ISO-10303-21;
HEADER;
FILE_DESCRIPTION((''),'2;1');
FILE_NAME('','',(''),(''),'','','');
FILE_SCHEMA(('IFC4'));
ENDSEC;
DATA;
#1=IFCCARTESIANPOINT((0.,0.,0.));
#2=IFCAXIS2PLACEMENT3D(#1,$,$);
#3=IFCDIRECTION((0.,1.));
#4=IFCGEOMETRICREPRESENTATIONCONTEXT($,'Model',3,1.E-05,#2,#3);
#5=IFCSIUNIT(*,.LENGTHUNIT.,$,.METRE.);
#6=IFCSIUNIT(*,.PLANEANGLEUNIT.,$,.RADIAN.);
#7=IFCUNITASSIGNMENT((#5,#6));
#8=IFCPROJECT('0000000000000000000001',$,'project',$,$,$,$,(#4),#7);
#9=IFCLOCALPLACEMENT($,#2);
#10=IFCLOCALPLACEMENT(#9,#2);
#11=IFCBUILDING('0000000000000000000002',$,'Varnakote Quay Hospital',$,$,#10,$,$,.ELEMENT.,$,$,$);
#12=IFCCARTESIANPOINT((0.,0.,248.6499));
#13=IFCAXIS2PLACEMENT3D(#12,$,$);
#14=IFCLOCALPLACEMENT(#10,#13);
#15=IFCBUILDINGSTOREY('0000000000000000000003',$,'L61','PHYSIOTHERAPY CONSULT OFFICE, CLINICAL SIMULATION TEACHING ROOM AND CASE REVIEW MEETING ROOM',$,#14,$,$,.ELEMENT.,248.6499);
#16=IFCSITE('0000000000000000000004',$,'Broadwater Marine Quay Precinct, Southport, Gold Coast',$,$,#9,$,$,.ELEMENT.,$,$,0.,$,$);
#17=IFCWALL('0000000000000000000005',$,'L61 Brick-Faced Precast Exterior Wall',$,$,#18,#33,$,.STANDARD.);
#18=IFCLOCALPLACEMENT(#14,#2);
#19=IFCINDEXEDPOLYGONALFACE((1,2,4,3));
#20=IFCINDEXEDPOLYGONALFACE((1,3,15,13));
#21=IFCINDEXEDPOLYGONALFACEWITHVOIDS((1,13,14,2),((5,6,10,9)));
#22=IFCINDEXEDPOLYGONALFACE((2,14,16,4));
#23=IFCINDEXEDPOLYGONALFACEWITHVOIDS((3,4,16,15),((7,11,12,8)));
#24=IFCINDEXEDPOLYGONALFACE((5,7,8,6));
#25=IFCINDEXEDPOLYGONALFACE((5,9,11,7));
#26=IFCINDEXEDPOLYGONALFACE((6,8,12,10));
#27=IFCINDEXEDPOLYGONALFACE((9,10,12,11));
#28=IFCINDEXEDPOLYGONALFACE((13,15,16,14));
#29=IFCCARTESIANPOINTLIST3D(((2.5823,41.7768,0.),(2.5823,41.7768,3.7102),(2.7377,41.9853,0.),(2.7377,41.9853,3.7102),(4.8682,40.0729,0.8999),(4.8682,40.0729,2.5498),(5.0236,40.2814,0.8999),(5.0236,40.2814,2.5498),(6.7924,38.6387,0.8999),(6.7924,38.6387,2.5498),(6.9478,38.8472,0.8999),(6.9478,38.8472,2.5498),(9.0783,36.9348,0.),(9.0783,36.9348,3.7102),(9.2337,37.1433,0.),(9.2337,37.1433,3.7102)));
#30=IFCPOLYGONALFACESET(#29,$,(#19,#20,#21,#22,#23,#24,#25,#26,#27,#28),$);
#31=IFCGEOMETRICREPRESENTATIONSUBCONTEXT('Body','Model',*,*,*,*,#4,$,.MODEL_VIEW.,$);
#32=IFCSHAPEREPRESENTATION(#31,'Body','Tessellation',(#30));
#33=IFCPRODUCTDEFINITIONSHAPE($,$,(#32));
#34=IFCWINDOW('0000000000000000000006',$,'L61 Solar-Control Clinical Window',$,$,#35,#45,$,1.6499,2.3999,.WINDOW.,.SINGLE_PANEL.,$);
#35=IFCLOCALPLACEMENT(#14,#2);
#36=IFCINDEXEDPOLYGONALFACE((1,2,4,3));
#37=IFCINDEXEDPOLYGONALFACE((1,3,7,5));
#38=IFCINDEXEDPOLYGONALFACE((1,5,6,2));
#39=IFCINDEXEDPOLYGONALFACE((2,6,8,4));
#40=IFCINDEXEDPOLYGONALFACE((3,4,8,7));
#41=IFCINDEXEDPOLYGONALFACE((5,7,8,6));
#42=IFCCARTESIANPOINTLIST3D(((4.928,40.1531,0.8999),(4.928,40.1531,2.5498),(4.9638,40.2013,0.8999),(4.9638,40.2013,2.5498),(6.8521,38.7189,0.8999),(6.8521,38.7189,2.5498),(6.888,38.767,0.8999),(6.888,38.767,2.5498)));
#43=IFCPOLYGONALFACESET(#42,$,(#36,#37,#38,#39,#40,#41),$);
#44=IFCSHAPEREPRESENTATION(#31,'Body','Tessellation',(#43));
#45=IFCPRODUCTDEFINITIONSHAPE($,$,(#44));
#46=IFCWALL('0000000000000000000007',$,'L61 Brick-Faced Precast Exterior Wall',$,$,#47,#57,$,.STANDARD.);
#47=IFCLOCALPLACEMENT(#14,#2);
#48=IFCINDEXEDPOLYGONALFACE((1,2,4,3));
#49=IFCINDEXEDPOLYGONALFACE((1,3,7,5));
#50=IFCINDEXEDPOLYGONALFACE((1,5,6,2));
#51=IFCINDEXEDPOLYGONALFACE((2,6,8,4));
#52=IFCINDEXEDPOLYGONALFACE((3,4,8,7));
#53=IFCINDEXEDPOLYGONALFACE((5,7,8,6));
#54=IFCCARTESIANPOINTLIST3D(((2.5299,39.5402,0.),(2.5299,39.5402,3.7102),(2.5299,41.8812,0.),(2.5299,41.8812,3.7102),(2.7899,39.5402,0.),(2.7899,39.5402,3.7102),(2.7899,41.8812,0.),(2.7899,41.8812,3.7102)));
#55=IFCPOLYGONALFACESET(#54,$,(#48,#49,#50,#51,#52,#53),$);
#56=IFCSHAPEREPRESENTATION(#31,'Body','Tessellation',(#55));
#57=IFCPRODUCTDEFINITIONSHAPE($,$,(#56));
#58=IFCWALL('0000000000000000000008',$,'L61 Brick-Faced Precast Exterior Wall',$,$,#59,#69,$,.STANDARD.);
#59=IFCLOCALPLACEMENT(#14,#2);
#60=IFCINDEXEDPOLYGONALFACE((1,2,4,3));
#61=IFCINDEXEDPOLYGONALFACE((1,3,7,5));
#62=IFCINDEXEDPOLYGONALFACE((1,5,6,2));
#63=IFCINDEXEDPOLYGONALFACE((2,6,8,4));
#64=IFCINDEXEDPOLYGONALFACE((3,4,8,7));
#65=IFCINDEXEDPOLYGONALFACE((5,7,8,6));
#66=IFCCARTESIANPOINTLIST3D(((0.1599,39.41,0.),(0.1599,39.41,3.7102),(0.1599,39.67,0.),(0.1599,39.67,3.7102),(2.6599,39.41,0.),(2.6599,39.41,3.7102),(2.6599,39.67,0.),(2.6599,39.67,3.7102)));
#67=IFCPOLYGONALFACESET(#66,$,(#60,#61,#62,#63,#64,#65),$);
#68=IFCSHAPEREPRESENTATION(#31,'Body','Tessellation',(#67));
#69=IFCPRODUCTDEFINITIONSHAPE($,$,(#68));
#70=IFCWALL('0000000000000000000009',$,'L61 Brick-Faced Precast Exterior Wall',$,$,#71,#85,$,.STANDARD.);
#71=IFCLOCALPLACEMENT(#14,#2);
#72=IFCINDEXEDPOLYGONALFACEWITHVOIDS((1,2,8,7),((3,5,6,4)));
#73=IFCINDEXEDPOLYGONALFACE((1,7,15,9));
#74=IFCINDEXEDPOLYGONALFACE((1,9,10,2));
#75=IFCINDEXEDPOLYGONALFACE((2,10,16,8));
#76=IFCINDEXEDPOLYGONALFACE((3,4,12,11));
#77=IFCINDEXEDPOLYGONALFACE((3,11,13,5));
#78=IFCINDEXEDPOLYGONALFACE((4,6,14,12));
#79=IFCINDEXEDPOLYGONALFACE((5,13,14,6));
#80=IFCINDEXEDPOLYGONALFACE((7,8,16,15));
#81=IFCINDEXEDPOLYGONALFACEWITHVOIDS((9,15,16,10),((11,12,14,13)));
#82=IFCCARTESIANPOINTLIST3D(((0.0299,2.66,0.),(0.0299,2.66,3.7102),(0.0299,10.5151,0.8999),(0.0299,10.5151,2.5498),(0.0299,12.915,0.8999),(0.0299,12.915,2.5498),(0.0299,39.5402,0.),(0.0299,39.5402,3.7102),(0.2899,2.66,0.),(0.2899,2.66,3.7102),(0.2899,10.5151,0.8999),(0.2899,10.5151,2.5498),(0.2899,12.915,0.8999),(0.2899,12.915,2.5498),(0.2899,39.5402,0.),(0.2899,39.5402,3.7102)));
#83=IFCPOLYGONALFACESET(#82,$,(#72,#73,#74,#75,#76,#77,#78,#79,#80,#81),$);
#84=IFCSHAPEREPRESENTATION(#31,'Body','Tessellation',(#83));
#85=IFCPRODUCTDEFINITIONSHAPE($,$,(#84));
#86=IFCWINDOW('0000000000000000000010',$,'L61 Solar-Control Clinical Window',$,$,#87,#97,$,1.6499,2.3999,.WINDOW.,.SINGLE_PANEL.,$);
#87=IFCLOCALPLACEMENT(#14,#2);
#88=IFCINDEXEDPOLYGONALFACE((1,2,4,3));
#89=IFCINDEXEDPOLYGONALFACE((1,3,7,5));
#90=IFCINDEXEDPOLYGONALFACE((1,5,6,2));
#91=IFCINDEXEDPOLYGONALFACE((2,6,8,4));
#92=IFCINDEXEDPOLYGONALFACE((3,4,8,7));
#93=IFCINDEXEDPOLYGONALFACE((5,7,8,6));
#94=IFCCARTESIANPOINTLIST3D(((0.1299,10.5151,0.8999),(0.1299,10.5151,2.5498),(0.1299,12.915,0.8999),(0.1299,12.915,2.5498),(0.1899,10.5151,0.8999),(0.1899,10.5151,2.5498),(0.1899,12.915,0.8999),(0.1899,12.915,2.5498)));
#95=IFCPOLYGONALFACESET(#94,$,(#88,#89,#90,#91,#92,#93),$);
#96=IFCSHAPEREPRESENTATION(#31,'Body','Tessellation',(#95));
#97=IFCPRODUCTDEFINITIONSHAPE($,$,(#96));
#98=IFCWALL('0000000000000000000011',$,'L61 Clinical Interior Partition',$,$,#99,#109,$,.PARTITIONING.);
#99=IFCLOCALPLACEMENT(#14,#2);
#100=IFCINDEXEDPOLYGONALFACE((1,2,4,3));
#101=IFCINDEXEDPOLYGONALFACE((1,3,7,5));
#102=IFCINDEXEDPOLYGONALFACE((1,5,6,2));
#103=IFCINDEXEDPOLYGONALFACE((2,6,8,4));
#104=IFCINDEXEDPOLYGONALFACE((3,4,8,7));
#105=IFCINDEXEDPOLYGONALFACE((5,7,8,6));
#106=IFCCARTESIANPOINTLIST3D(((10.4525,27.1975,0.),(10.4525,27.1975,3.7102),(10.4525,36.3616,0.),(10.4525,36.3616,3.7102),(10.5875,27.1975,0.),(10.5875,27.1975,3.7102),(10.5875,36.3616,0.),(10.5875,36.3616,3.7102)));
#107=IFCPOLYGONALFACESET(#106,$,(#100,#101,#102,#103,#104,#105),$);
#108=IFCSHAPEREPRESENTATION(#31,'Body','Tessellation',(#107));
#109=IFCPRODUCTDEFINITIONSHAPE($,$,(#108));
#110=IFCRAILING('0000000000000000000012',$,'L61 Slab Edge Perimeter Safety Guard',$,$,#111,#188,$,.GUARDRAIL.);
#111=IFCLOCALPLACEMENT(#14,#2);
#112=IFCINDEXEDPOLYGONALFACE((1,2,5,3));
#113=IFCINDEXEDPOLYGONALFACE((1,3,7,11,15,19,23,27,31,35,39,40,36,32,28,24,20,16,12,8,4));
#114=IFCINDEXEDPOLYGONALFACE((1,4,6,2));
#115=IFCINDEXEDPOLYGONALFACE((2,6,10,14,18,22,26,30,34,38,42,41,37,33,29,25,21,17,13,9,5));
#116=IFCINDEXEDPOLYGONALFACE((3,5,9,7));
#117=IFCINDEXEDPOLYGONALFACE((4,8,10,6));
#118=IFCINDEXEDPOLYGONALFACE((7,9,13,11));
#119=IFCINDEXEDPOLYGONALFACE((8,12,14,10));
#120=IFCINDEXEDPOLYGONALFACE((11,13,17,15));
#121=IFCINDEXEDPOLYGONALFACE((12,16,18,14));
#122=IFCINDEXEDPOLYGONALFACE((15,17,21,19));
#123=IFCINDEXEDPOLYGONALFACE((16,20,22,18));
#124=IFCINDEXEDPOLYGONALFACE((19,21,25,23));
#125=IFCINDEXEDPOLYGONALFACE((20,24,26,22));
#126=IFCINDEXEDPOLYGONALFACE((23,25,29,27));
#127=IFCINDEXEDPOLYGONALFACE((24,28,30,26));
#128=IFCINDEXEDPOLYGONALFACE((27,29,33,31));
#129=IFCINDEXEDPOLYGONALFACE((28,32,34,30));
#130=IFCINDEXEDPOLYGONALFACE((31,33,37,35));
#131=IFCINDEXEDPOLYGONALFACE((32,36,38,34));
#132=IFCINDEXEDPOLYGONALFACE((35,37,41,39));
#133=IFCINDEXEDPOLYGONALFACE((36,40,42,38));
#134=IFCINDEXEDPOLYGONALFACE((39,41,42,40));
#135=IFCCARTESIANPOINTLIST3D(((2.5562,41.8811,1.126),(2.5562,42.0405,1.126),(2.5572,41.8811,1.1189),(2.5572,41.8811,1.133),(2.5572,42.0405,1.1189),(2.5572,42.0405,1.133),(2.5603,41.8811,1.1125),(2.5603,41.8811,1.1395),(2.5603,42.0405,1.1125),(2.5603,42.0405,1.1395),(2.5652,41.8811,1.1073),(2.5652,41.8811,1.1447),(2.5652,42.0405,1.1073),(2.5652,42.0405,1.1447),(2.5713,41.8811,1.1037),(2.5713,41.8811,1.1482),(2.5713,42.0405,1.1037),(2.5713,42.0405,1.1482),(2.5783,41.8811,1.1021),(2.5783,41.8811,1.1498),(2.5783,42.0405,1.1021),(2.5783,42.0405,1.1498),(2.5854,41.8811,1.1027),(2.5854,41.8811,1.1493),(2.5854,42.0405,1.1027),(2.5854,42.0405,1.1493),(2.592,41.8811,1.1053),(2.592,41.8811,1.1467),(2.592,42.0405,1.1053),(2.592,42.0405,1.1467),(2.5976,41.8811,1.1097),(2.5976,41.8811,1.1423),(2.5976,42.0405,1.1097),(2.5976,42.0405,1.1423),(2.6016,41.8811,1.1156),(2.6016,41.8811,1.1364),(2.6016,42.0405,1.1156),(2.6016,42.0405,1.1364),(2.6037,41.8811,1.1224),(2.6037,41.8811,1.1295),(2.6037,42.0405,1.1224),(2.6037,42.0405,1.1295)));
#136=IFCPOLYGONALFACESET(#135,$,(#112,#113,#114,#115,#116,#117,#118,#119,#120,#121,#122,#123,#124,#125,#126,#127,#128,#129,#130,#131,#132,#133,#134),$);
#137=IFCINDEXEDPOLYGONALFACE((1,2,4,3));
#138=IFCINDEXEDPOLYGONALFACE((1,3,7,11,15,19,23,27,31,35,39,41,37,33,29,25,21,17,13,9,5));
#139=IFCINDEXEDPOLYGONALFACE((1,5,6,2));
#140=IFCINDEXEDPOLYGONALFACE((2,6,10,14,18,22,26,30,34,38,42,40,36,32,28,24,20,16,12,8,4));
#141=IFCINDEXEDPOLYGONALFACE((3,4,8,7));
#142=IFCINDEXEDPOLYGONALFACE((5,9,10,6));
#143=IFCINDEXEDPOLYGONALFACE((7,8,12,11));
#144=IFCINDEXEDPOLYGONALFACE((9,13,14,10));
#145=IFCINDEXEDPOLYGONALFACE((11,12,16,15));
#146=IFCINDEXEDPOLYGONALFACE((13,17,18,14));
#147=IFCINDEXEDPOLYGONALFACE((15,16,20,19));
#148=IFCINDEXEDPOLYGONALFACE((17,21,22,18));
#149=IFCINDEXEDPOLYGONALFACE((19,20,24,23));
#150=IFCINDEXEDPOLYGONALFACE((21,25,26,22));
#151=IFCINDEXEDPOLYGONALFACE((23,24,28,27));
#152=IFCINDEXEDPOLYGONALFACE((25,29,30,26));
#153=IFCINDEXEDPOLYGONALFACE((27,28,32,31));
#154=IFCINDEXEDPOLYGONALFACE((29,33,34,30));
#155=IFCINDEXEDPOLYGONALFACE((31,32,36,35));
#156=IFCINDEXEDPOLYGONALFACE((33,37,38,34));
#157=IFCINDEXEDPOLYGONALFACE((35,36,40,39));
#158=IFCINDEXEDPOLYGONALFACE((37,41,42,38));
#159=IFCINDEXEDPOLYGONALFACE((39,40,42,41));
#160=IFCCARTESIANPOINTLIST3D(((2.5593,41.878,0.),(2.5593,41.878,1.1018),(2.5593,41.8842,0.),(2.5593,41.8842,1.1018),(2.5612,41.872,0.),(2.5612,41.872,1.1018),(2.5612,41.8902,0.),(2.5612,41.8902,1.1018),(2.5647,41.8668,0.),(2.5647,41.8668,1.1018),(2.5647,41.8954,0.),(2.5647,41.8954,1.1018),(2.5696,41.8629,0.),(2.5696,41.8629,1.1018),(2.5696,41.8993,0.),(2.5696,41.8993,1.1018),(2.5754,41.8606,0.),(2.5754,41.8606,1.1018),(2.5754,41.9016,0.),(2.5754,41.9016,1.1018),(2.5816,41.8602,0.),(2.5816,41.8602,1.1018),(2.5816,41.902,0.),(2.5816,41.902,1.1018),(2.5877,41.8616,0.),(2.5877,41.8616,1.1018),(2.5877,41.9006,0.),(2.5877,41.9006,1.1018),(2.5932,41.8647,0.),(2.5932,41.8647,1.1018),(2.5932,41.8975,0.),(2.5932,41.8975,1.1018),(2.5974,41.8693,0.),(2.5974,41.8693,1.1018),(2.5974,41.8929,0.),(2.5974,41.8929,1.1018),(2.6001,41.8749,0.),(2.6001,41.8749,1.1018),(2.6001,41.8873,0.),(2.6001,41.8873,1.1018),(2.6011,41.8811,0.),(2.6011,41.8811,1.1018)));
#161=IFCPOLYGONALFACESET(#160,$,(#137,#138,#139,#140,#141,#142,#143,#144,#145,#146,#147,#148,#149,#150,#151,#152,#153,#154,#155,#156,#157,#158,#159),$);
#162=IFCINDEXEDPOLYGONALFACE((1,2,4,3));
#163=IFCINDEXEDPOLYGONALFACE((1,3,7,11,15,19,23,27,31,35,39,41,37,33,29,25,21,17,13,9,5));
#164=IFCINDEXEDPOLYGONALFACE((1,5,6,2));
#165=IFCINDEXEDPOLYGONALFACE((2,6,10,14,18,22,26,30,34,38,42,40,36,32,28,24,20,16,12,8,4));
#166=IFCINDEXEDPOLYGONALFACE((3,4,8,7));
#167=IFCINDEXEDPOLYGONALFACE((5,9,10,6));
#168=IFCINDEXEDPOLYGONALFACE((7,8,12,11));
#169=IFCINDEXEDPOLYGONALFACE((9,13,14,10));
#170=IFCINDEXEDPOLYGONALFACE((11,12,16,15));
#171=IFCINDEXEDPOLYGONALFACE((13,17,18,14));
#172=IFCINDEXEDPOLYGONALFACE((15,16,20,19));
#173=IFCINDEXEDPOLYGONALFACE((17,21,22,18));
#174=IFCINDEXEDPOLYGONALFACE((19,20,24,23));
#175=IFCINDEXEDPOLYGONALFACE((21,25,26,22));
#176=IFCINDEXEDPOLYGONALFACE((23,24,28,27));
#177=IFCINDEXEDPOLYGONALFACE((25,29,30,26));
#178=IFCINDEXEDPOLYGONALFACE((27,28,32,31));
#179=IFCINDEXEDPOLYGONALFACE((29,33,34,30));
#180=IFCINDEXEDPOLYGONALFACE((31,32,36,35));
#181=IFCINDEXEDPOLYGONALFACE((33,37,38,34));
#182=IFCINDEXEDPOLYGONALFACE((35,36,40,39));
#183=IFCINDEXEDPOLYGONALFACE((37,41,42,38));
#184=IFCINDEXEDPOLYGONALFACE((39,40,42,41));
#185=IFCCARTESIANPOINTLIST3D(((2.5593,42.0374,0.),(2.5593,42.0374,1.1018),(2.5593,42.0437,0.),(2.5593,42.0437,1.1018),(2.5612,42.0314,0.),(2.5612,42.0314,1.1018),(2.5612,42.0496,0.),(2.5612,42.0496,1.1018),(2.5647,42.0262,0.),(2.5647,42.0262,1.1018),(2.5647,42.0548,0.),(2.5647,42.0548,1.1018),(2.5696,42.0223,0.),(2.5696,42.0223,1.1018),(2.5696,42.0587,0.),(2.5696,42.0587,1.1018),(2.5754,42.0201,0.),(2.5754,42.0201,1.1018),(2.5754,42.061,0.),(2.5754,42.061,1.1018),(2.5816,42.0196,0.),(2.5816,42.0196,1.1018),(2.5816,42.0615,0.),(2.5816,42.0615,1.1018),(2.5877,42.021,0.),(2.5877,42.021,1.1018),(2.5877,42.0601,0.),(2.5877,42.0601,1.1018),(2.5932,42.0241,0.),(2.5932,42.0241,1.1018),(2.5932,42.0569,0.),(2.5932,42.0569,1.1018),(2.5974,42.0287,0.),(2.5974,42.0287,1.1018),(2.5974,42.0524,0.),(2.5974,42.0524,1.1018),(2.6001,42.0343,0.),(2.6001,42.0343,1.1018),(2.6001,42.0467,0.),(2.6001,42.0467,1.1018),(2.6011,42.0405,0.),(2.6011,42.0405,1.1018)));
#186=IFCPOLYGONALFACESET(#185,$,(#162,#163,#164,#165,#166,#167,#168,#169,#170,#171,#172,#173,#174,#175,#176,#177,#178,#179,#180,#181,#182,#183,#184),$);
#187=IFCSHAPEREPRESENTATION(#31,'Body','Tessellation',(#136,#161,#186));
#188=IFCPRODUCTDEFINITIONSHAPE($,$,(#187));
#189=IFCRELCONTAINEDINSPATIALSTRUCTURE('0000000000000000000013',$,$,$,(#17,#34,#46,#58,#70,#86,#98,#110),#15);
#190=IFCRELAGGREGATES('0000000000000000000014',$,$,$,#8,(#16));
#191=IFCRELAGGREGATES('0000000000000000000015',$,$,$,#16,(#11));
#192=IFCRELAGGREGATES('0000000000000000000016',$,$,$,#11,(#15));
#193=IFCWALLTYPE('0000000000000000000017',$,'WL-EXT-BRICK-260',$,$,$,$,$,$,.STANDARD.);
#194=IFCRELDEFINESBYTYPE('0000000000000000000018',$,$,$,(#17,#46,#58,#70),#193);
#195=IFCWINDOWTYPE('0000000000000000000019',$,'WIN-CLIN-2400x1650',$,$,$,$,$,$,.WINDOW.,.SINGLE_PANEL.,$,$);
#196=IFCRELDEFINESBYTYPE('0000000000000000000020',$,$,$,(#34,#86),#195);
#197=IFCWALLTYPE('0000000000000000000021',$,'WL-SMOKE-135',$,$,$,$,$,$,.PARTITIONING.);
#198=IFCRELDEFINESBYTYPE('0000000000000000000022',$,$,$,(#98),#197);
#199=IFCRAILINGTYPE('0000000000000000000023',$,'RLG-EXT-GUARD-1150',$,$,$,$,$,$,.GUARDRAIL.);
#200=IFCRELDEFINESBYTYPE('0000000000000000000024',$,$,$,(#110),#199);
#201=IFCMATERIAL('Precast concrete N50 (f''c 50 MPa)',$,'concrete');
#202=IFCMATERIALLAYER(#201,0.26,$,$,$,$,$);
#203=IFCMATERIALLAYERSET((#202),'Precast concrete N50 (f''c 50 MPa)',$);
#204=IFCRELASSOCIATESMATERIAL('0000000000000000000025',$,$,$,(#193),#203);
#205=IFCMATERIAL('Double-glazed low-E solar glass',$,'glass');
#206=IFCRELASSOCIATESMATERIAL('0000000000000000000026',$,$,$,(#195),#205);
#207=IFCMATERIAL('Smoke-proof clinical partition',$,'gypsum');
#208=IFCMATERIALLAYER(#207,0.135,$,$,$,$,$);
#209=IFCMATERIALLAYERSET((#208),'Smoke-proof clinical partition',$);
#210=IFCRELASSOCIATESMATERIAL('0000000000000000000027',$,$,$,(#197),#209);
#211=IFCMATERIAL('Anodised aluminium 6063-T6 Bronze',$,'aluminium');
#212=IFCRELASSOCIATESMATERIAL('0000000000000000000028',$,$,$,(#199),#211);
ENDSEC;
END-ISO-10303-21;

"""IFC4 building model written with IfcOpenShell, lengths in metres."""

from ifc_helpers import new_model, si_unit, direction, frame, frame_2d, origin, origin_2d, place, context, subcontext, project, spatial, rectangle, circle, extrude, material, layer, layer_set, type_object, element, fill, save


model = new_model("IFC4")

# Units and contexts
model_context = context("Model", 3, precision=1e-05, world=origin(), true_north=direction((0.0, 1.0)))
body_context = subcontext(model_context, "Body", "Model", "MODEL_VIEW")
ifc_project = project(units=[si_unit("LENGTHUNIT", "METRE"), si_unit("PLANEANGLEUNIT", "RADIAN")], contexts=[model_context])

# Site, building, storey
site_placement = place(None, origin())
site = spatial("IfcSite", under=ifc_project, at=site_placement, Name="Broadwater Marine Quay Precinct, Southport, Gold Coast", CompositionType="ELEMENT", RefElevation=0.0)
building_placement = place(site_placement, origin())
building = spatial("IfcBuilding", under=site, at=building_placement, Name="Varnakote Quay Hospital", CompositionType="ELEMENT")
storey_placement = place(building_placement, frame((0.0, 0.0, 248.6499)))
storey = spatial("IfcBuildingStorey", under=building, at=storey_placement, Name="L61", Description="PHYSIOTHERAPY CONSULT OFFICE, CLINICAL SIMULATION TEACHING ROOM AND CASE REVIEW MEETING ROOM", CompositionType="ELEMENT", Elevation=248.6499)

# Wall, opening, window
ifc_material_1 = material(Name="Precast concrete N50 (f'c 50 MPa)", Category="concrete")
ifc_layer_1 = layer(ifc_material_1, 0.26)
ifc_layer_set_1 = layer_set([ifc_layer_1], Name="Precast concrete N50 (f'c 50 MPa)")
wall_type_1 = type_object("IfcWallType", Name="WL-EXT-BRICK-260", PredefinedType="STANDARD", material=ifc_layer_set_1)
wall_1_placement = place(storey_placement, frame((9.156, 37.0391, 0.0), z_axis=(0.0, 0.0, 1.0), x_axis=(-0.801776, 0.597625, 0.0)))
wall_1 = element("IfcWall", 1, at=wall_1_placement, inside=storey, type_object=wall_type_1, Name="L61 Brick-Faced Precast Exterior Wall", PredefinedType="STANDARD", context=body_context, shape_type="SweptSolid", body=[
    extrude(rectangle(XDim=8.1021, YDim=0.26, at=frame_2d((4.051, 0.0))), origin(), (0.0, 0.0, 1.0), 3.7102),
])
opening_1_placement = place(wall_1_placement, frame((2.8511, 0.0, 0.8999)))
opening_1 = element("IfcOpeningElement", 2, at=opening_1_placement, cuts=wall_1, PredefinedType="OPENING", context=body_context, shape_type="SweptSolid", body=[
    extrude(rectangle(XDim=2.3999, YDim=1.6499, at=frame_2d((1.2, 0.825))), frame((0.0, 0.1399, 0.0), z_axis=(0.0, -1.0, 0.0), x_axis=(1.0, 0.0, 0.0)), (0.0, 0.0, 1.0), 0.28),
])
ifc_material_2 = material(Name="Double-glazed low-E solar glass", Category="glass")
window_type = type_object("IfcWindowType", Name="WIN-CLIN-2400x1650", PartitioningType="SINGLE_PANEL", PredefinedType="WINDOW", material=ifc_material_2)
window_1_placement = place(opening_1_placement, origin())
window_1 = element("IfcWindow", 3, at=window_1_placement, inside=storey, type_object=window_type, Name="L61 Solar-Control Clinical Window", OverallHeight=1.6499, OverallWidth=2.3999, PartitioningType="SINGLE_PANEL", PredefinedType="WINDOW", context=body_context, shape_type="SweptSolid", body=[
    extrude(rectangle(XDim=2.3999, YDim=1.6499, at=frame_2d((1.2, 0.825))), frame((0.0, 0.03, 0.0), z_axis=(0.0, -1.0, 0.0), x_axis=(1.0, 0.0, 0.0)), (0.0, 0.0, 1.0), 0.0601),
])
fill(opening_1, window_1)

# Walls
wall_2_placement = place(storey_placement, frame((2.6599, 41.8811, 0.0), z_axis=(0.0, 0.0, 1.0), x_axis=(0.0, -1.0, 0.0)))
element("IfcWall", 4, at=wall_2_placement, inside=storey, type_object=wall_type_1, Name="L61 Brick-Faced Precast Exterior Wall", PredefinedType="STANDARD", context=body_context, shape_type="SweptSolid", body=[
    extrude(rectangle(XDim=2.3411, YDim=0.26, at=frame_2d((1.1704, 0.0))), origin(), (0.0, 0.0, 1.0), 3.7102),
])
wall_3_placement = place(storey_placement, frame((2.6599, 39.54, 0.0), z_axis=(0.0, 0.0, 1.0), x_axis=(-1.0, 0.0, 0.0)))
element("IfcWall", 5, at=wall_3_placement, inside=storey, type_object=wall_type_1, Name="L61 Brick-Faced Precast Exterior Wall", PredefinedType="STANDARD", context=body_context, shape_type="SweptSolid", body=[
    extrude(rectangle(XDim=2.5, YDim=0.26, at=frame_2d((1.25, 0.0))), origin(), (0.0, 0.0, 1.0), 3.7102),
])

# Wall, opening, window
wall_4_placement = place(storey_placement, frame((0.1599, 39.54, 0.0), z_axis=(0.0, 0.0, 1.0), x_axis=(0.0, -1.0, 0.0)))
wall_4 = element("IfcWall", 6, at=wall_4_placement, inside=storey, type_object=wall_type_1, Name="L61 Brick-Faced Precast Exterior Wall", PredefinedType="STANDARD", context=body_context, shape_type="SweptSolid", body=[
    extrude(rectangle(XDim=36.8801, YDim=0.26, at=frame_2d((18.4399, 0.0))), origin(), (0.0, 0.0, 1.0), 3.7102),
])
opening_2_placement = place(wall_4_placement, frame((26.625, 0.0, 0.8999)))
opening_2 = element("IfcOpeningElement", 7, at=opening_2_placement, cuts=wall_4, PredefinedType="OPENING", context=body_context, shape_type="SweptSolid", body=[
    extrude(rectangle(XDim=2.3999, YDim=1.6499, at=frame_2d((1.2, 0.825))), frame((0.0, 0.1399, 0.0), z_axis=(0.0, -1.0, 0.0), x_axis=(1.0, 0.0, 0.0)), (0.0, 0.0, 1.0), 0.28),
])
window_2_placement = place(opening_2_placement, origin())
window_2 = element("IfcWindow", 8, at=window_2_placement, inside=storey, type_object=window_type, Name="L61 Solar-Control Clinical Window", OverallHeight=1.6499, OverallWidth=2.3999, PartitioningType="SINGLE_PANEL", PredefinedType="WINDOW", context=body_context, shape_type="SweptSolid", body=[
    extrude(rectangle(XDim=2.3999, YDim=1.6499, at=frame_2d((1.2, 0.825))), frame((0.0, 0.03, 0.0), z_axis=(0.0, -1.0, 0.0), x_axis=(1.0, 0.0, 0.0)), (0.0, 0.0, 1.0), 0.0601),
])
fill(opening_2, window_2)

# Wall
ifc_material_3 = material(Name="Smoke-proof clinical partition", Category="gypsum")
ifc_layer_2 = layer(ifc_material_3, 0.135)
ifc_layer_set_2 = layer_set([ifc_layer_2], Name="Smoke-proof clinical partition")
wall_type_2 = type_object("IfcWallType", Name="WL-SMOKE-135", PredefinedType="PARTITIONING", material=ifc_layer_set_2)
wall_5_placement = place(storey_placement, frame((10.52, 27.1975, 0.0), z_axis=(0.0, 0.0, 1.0), x_axis=(0.0, 1.0, 0.0)))
element("IfcWall", 9, at=wall_5_placement, inside=storey, type_object=wall_type_2, Name="L61 Clinical Interior Partition", PredefinedType="PARTITIONING", context=body_context, shape_type="SweptSolid", body=[
    extrude(rectangle(XDim=9.1641, YDim=0.135, at=frame_2d((4.582, 0.0))), origin(), (0.0, 0.0, 1.0), 3.7102),
])

# Railing
ifc_material_4 = material(Name="Anodised aluminium 6063-T6 Bronze", Category="aluminium")
railing_type = type_object("IfcRailingType", Name="RLG-EXT-GUARD-1150", PredefinedType="GUARDRAIL", material=ifc_material_4)
railing_1_placement = place(storey_placement, frame((2.5801, 41.8811, 0.0)))
element("IfcRailing", 10, at=railing_1_placement, inside=storey, type_object=railing_type, Name="L61 Slab Edge Perimeter Safety Guard", PredefinedType="GUARDRAIL", context=body_context, shape_type="SweptSolid", body=[
    extrude(circle(Radius=0.0239, at=origin_2d()), frame((0.0, 0.0, 1.126), z_axis=(0.0, 1.0, 0.0), x_axis=(-1.0, 0.0, 0.0)), (0.0, 0.0, 1.0), 0.1594),
    extrude(circle(Radius=0.021, at=origin_2d()), origin(), (0.0, 0.0, 1.0), 1.1018),
    extrude(circle(Radius=0.021, at=origin_2d()), frame((0.0, 0.1594, 0.0)), (0.0, 0.0, 1.0), 1.1018),
])

save(model, "model.ifc")
